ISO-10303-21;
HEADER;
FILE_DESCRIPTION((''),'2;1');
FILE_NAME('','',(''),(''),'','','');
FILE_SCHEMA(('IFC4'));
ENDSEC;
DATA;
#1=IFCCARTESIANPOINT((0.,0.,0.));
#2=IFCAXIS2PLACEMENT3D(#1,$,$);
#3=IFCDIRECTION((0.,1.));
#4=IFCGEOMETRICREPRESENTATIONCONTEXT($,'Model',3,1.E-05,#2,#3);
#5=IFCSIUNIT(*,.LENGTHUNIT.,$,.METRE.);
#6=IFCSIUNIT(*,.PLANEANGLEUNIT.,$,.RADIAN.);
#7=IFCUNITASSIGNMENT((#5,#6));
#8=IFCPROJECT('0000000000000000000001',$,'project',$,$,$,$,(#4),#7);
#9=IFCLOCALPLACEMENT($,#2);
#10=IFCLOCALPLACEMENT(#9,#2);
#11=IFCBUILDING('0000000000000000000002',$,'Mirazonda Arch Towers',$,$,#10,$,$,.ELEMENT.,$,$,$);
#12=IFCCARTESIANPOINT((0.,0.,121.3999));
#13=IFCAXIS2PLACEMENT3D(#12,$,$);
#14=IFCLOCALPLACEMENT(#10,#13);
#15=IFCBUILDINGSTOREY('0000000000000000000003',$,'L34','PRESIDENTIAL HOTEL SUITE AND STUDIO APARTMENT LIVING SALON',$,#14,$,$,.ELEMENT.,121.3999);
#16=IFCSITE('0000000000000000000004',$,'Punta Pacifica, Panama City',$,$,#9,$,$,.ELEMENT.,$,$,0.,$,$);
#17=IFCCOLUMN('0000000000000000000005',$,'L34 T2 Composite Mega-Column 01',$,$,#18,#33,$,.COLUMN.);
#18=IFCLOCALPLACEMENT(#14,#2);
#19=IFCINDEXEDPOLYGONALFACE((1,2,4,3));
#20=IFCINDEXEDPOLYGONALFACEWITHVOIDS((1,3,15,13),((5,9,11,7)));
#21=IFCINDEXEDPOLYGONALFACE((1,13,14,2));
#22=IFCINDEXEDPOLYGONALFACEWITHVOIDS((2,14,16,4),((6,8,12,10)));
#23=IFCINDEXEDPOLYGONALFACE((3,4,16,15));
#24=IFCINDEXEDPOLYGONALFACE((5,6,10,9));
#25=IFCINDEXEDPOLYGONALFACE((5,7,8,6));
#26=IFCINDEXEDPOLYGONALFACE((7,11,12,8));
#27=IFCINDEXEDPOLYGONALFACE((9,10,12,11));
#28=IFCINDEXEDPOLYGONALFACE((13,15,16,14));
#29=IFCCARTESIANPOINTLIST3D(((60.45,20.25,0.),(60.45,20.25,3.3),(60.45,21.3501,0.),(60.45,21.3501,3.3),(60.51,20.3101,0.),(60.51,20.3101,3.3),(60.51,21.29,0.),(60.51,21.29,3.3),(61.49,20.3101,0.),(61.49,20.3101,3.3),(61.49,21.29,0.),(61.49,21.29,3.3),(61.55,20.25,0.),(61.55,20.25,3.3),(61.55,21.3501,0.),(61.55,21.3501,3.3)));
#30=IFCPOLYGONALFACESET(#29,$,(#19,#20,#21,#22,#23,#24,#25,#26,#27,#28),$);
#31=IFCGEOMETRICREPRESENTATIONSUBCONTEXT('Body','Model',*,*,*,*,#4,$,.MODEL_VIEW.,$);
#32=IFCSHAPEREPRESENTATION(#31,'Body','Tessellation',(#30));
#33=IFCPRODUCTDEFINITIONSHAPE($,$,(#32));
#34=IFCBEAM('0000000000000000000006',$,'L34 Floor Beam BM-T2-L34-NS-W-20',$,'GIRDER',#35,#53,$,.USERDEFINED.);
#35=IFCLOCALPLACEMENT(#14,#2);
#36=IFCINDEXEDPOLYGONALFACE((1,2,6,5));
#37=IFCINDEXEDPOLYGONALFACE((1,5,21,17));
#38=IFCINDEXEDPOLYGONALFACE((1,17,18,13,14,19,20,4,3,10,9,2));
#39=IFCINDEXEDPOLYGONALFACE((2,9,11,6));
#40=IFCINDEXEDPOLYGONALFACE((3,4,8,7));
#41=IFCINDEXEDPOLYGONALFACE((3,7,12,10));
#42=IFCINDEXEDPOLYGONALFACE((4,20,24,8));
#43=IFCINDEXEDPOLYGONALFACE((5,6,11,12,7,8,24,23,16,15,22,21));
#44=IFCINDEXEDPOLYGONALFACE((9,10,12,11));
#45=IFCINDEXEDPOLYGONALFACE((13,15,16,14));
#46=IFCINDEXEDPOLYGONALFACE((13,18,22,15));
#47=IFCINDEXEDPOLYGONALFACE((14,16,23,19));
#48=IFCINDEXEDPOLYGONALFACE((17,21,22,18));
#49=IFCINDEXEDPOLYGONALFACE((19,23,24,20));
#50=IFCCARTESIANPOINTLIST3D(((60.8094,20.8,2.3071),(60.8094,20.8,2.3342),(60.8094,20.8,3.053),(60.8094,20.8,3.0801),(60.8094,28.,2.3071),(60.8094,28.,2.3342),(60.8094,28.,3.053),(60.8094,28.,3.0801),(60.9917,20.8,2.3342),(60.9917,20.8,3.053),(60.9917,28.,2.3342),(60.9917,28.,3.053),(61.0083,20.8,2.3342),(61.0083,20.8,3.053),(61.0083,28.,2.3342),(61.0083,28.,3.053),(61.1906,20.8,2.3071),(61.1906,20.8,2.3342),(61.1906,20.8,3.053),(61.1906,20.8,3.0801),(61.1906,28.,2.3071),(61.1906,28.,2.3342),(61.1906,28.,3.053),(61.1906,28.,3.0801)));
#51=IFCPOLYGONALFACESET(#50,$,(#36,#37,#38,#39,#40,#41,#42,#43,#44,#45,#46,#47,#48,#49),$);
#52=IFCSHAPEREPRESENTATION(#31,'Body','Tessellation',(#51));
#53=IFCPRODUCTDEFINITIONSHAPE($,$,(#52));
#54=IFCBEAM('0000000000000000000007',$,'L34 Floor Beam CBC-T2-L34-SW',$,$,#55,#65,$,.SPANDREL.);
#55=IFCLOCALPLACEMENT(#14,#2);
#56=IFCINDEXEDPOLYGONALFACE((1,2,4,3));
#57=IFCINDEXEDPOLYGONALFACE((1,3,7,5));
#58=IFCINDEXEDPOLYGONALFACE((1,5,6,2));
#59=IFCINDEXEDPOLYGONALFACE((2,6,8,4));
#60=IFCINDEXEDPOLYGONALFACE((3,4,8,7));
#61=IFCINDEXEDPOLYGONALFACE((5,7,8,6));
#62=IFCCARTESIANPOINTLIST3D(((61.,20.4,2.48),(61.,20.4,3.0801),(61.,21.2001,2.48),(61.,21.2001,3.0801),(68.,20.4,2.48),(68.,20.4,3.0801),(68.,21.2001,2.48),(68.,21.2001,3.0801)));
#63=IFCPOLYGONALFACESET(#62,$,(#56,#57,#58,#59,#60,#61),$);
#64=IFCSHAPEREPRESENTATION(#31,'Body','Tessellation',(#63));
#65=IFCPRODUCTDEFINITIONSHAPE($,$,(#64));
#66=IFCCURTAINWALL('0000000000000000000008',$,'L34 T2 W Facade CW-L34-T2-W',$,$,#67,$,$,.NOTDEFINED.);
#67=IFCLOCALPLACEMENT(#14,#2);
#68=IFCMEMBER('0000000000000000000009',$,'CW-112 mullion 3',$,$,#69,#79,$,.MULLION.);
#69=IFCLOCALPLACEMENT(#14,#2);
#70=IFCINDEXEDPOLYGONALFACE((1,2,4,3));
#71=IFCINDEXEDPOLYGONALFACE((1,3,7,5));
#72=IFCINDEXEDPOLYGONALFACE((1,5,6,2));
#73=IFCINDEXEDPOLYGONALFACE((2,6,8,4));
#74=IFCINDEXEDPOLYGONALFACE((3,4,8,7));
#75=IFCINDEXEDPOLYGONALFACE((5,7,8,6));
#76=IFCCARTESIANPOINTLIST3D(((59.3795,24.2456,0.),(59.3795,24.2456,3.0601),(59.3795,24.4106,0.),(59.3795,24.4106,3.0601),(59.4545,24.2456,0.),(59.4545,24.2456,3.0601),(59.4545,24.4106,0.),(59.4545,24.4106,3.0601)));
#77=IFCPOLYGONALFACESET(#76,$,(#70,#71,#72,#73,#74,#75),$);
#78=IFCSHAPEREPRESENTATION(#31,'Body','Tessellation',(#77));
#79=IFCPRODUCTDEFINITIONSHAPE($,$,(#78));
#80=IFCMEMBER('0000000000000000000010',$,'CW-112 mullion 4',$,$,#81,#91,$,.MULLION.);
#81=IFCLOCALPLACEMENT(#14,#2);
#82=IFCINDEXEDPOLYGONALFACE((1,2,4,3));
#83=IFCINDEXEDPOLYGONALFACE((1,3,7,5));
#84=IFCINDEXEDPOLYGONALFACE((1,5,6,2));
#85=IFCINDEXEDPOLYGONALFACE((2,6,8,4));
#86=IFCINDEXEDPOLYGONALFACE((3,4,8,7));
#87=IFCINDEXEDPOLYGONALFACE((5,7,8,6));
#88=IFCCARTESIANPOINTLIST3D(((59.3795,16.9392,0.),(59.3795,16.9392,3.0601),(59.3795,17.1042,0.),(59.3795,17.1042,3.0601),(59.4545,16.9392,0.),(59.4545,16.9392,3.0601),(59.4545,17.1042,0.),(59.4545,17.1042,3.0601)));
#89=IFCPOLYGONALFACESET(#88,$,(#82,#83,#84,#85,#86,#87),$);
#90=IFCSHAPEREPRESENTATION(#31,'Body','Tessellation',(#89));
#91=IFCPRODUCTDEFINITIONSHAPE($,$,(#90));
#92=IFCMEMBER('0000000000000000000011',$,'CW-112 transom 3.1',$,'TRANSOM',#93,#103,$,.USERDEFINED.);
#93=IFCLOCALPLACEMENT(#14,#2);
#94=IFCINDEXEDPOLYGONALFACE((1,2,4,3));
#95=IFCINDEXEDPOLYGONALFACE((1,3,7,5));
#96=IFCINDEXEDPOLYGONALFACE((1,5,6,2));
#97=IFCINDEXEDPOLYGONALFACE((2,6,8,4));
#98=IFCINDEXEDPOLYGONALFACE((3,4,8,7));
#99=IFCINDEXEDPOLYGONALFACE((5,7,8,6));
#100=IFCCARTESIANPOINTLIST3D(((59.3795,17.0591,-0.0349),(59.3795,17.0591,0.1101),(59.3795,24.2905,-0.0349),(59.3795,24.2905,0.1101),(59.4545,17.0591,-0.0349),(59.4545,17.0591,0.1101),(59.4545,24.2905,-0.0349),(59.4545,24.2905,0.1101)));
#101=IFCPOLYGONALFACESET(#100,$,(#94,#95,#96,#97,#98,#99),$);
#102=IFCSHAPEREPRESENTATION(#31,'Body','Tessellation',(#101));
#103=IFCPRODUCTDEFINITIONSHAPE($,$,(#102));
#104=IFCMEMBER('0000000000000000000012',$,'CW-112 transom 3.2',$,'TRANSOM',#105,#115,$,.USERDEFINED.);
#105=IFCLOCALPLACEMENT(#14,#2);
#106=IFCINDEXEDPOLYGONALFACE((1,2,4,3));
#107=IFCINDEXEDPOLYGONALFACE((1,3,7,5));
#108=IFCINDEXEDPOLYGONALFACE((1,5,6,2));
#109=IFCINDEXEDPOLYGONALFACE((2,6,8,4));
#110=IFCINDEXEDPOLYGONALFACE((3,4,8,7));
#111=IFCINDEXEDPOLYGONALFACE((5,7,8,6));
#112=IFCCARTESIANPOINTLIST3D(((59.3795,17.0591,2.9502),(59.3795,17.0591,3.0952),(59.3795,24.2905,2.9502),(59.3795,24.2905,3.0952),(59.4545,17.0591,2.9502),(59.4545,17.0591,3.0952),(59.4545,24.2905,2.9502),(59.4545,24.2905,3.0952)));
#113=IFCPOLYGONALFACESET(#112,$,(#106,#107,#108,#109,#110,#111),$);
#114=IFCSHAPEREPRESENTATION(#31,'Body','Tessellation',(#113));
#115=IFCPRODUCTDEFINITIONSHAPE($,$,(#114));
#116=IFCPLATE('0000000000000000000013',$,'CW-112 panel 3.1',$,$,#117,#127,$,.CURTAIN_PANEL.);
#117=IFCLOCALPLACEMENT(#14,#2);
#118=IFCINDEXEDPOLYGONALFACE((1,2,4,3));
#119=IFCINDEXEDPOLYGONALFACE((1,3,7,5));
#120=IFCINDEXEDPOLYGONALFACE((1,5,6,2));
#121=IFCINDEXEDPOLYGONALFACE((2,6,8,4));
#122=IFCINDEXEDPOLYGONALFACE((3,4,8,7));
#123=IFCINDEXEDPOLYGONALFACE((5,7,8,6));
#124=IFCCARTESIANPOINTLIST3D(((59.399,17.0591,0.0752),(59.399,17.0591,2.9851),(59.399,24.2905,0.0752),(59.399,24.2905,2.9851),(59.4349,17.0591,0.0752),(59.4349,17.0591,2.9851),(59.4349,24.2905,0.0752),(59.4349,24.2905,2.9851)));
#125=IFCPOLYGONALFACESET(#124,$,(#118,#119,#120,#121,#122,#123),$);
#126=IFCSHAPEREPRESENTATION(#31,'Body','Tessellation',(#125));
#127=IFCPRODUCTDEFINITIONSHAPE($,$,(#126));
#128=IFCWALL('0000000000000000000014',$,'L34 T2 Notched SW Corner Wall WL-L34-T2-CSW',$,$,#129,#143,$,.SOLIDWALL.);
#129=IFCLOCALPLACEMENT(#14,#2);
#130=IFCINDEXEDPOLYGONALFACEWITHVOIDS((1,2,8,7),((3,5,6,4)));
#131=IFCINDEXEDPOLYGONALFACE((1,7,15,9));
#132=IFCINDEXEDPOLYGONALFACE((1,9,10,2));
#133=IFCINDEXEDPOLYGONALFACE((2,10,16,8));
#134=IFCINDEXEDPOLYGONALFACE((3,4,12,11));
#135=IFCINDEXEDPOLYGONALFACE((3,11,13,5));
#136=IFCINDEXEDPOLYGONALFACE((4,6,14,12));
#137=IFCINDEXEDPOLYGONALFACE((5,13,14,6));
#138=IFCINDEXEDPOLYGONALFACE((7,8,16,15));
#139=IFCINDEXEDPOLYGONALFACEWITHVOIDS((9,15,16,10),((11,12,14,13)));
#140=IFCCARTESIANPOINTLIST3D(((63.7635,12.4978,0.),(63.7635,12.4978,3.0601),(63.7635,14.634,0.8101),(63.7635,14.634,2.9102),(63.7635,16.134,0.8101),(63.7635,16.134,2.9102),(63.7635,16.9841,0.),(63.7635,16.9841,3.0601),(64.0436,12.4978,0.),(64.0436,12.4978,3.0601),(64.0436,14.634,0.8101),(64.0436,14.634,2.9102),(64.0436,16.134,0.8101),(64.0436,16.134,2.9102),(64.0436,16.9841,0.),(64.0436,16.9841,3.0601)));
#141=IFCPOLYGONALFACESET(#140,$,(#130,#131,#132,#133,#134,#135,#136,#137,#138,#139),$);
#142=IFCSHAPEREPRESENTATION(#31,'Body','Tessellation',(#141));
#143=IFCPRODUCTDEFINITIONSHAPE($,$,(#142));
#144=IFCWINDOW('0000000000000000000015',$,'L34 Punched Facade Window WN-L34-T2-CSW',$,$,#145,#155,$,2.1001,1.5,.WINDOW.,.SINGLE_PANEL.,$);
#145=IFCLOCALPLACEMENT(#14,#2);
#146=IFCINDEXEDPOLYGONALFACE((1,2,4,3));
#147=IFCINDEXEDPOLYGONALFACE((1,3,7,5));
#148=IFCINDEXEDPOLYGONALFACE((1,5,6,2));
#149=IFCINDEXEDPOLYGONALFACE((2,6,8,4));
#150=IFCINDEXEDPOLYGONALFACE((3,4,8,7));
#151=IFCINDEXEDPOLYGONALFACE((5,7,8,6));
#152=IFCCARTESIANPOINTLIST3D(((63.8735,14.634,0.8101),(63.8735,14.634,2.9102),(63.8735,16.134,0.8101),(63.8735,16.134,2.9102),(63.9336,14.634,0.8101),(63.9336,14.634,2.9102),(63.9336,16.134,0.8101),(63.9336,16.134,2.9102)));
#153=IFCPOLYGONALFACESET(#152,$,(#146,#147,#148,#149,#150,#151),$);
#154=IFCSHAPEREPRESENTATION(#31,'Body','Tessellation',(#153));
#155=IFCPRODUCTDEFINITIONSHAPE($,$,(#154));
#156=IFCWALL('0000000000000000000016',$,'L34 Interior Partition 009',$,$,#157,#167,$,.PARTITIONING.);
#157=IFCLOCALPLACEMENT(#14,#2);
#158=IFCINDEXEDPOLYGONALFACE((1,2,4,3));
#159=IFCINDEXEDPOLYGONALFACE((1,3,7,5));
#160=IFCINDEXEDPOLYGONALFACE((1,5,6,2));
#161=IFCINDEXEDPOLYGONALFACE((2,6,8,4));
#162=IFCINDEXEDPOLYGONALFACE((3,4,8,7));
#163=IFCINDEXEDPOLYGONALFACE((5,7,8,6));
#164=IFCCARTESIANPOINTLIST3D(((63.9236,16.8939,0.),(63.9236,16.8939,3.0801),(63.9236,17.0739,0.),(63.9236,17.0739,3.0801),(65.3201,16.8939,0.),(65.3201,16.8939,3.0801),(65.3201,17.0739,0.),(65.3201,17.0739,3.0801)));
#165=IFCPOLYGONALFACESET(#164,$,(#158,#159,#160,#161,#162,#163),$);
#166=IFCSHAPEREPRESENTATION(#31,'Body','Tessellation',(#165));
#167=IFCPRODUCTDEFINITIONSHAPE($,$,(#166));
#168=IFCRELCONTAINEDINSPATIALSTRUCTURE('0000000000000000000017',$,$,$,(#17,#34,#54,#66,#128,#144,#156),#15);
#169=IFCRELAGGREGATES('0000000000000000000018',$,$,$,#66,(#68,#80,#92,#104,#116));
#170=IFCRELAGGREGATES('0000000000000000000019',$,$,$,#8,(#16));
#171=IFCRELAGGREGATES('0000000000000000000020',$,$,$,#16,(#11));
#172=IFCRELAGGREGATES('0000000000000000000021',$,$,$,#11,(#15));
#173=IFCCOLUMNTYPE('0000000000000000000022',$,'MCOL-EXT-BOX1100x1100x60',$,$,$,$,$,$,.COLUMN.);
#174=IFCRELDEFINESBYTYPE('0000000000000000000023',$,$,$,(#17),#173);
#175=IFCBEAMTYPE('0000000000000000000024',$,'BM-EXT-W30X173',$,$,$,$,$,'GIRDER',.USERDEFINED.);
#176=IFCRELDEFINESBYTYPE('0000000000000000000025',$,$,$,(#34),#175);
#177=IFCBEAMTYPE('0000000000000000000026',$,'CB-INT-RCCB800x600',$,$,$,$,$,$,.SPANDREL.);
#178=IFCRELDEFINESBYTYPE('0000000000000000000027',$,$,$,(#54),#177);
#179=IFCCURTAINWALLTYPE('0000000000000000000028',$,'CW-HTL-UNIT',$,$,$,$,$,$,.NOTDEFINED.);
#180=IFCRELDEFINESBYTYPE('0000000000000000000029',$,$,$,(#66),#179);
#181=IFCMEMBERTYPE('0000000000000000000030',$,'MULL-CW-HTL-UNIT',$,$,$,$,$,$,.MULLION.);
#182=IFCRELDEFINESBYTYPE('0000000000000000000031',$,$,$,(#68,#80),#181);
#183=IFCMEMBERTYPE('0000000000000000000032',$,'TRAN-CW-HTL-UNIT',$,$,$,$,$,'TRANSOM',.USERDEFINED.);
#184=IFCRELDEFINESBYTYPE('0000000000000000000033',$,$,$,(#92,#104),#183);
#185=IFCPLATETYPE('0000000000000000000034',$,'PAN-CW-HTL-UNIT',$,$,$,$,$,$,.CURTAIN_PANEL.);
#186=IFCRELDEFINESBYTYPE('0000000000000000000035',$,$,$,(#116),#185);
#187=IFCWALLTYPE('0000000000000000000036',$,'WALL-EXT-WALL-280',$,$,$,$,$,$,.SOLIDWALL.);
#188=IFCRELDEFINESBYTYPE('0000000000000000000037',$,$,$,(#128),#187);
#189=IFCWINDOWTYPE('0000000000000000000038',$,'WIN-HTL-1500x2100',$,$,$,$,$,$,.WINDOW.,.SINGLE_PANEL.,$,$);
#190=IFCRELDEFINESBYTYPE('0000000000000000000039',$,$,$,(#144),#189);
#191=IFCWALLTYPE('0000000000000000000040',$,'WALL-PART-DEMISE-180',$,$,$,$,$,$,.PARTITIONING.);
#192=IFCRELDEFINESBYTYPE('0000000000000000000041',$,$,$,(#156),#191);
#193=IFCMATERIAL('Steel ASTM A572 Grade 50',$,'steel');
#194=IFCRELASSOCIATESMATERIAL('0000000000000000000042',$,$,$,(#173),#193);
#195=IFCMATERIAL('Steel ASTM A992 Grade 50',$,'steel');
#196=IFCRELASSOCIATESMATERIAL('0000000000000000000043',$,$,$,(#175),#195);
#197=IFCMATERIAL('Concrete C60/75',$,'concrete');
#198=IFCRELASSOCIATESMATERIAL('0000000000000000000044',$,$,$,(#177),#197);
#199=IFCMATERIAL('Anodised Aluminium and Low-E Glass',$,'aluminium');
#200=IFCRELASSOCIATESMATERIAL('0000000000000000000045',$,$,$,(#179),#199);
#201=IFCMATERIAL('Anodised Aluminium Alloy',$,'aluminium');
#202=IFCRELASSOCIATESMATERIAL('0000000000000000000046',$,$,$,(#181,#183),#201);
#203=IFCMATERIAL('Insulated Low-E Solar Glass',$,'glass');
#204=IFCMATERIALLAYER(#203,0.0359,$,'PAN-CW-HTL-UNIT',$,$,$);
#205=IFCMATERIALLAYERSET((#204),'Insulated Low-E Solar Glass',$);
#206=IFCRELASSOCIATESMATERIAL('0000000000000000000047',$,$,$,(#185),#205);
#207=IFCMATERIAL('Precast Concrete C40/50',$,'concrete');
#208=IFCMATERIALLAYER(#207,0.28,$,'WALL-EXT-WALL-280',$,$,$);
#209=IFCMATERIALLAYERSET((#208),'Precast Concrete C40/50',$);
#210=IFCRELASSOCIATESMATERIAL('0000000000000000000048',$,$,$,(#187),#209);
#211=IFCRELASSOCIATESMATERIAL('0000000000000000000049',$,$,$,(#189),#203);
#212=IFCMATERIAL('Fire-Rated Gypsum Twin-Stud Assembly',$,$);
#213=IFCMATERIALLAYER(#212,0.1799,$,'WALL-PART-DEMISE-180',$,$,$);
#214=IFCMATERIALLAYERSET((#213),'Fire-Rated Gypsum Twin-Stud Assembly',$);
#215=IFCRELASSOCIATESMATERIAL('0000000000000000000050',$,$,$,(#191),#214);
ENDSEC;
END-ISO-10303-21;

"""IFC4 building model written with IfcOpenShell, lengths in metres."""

from ifc_helpers import new_model, si_unit, direction, frame, frame_2d, origin, origin_2d, place, context, subcontext, project, spatial, rectangle, hollow_rectangle, i_section, extrude, material, layer, layer_set, material_profile, profile_set, type_object, element, fill, aggregate, save


model = new_model("IFC4")

# Units and contexts
model_context = context("Model", 3, precision=1e-05, world=origin(), true_north=direction((0.0, 1.0)))
body_context = subcontext(model_context, "Body", "Model", "MODEL_VIEW")
ifc_project = project(units=[si_unit("LENGTHUNIT", "METRE"), si_unit("PLANEANGLEUNIT", "RADIAN")], contexts=[model_context])

# Site, building, storey
site_placement = place(None, origin())
site = spatial("IfcSite", under=ifc_project, at=site_placement, Name="Punta Pacifica, Panama City", CompositionType="ELEMENT", RefElevation=0.0)
building_placement = place(site_placement, origin())
building = spatial("IfcBuilding", under=site, at=building_placement, Name="Mirazonda Arch Towers", CompositionType="ELEMENT")
storey_placement = place(building_placement, frame((0.0, 0.0, 121.3999)))
storey = spatial("IfcBuildingStorey", under=building, at=storey_placement, Name="L34", Description="PRESIDENTIAL HOTEL SUITE AND STUDIO APARTMENT LIVING SALON", CompositionType="ELEMENT", Elevation=121.3999)

# Column
ifc_material_1 = material(Name="Steel ASTM A572 Grade 50", Category="steel")
ifc_material_profile_1 = material_profile(ifc_material_1, hollow_rectangle(XDim=1.1001, YDim=1.1001, WallThickness=0.0601, at=origin_2d()), Name="BOX1100x1100x60")
ifc_profile_set_1 = profile_set([ifc_material_profile_1], Name="Steel ASTM A572 Grade 50")
column_type = type_object("IfcColumnType", Name="MCOL-EXT-BOX1100x1100x60", PredefinedType="COLUMN", material=ifc_profile_set_1)
column_placement = place(storey_placement, frame((61.0, 20.8, 0.0), z_axis=(0.0, 0.0, 1.0), x_axis=(1.0, 0.0, 0.0)))
element("IfcColumn", 1, at=column_placement, inside=storey, type_object=column_type, Name="L34 T2 Composite Mega-Column 01", PredefinedType="COLUMN", context=body_context, shape_type="SweptSolid", body=[
    extrude(hollow_rectangle(XDim=1.1001, YDim=1.1001, WallThickness=0.0601, at=origin_2d()), origin(), (0.0, 0.0, 1.0), 3.3),
])

# Beams
ifc_material_2 = material(Name="Steel ASTM A992 Grade 50", Category="steel")
ifc_material_profile_2 = material_profile(ifc_material_2, i_section(OverallWidth=0.3811, OverallDepth=0.7729, WebThickness=0.0166, FlangeThickness=0.0271, at=origin_2d()), Name="W30X173")
ifc_profile_set_2 = profile_set([ifc_material_profile_2], Name="Steel ASTM A992 Grade 50")
beam_type_1 = type_object("IfcBeamType", Name="BM-EXT-W30X173", ElementType="GIRDER", PredefinedType="USERDEFINED", material=ifc_profile_set_2)
beam_1_placement = place(storey_placement, frame((61.0, 20.8, 2.6936), z_axis=(0.0, 1.0, 0.0), x_axis=(-1.0, 0.0, 0.0)))
element("IfcBeam", 2, at=beam_1_placement, inside=storey, type_object=beam_type_1, Name="L34 Floor Beam BM-T2-L34-NS-W-20", ObjectType="GIRDER", PredefinedType="USERDEFINED", context=body_context, shape_type="SweptSolid", body=[
    extrude(i_section(OverallWidth=0.3811, OverallDepth=0.7729, WebThickness=0.0166, FlangeThickness=0.0271, at=origin_2d()), origin(), (0.0, 0.0, 1.0), 7.2),
])
ifc_material_3 = material(Name="Concrete C60/75", Category="concrete")
ifc_material_profile_3 = material_profile(ifc_material_3, rectangle(XDim=0.8, YDim=0.6001, at=origin_2d()), Name="RCCB800x600")
ifc_profile_set_3 = profile_set([ifc_material_profile_3], Name="Concrete C60/75")
beam_type_2 = type_object("IfcBeamType", Name="CB-INT-RCCB800x600", PredefinedType="SPANDREL", material=ifc_profile_set_3)
beam_2_placement = place(storey_placement, frame((61.0, 20.8, 2.78), z_axis=(1.0, 0.0, 0.0), x_axis=(0.0, 1.0, 0.0)))
element("IfcBeam", 3, at=beam_2_placement, inside=storey, type_object=beam_type_2, Name="L34 Floor Beam CBC-T2-L34-SW", PredefinedType="SPANDREL", context=body_context, shape_type="SweptSolid", body=[
    extrude(rectangle(XDim=0.8, YDim=0.6001, at=origin_2d()), origin(), (0.0, 0.0, 1.0), 7.0),
])

# Curtain wall, members, plate
ifc_material_4 = material(Name="Anodised Aluminium and Low-E Glass", Category="aluminium")
curtain_wall_type = type_object("IfcCurtainWallType", Name="CW-HTL-UNIT", PredefinedType="NOTDEFINED", material=ifc_material_4)
curtain_wall_placement = place(storey_placement, origin())
curtain_wall = element("IfcCurtainWall", 4, at=curtain_wall_placement, inside=storey, type_object=curtain_wall_type, Name="L34 T2 W Facade CW-L34-T2-W", PredefinedType="NOTDEFINED")
ifc_material_5 = material(Name="Anodised Aluminium Alloy", Category="aluminium")
ifc_material_profile_4 = material_profile(ifc_material_5, rectangle(XDim=0.075, YDim=0.165, at=origin_2d()), Name="ALU-MULL-75x165")
ifc_profile_set_4 = profile_set([ifc_material_profile_4], Name="Anodised Aluminium Alloy")
member_type_1 = type_object("IfcMemberType", Name="MULL-CW-HTL-UNIT", PredefinedType="MULLION", material=ifc_profile_set_4)
member_1_placement = place(storey_placement, frame((59.417, 24.3281, 0.0), z_axis=(0.0, 0.0, 1.0), x_axis=(1.0, 0.0, 0.0)))
member_1 = element("IfcMember", 5, at=member_1_placement, type_object=member_type_1, Name="CW-112 mullion 3", PredefinedType="MULLION", context=body_context, shape_type="SweptSolid", body=[
    extrude(rectangle(XDim=0.075, YDim=0.165, at=origin_2d()), origin(), (0.0, 0.0, 1.0), 3.0601),
])
member_2_placement = place(storey_placement, frame((59.417, 17.0217, 0.0), z_axis=(0.0, 0.0, 1.0), x_axis=(1.0, 0.0, 0.0)))
member_2 = element("IfcMember", 6, at=member_2_placement, type_object=member_type_1, Name="CW-112 mullion 4", PredefinedType="MULLION", context=body_context, shape_type="SweptSolid", body=[
    extrude(rectangle(XDim=0.075, YDim=0.165, at=origin_2d()), origin(), (0.0, 0.0, 1.0), 3.0601),
])
ifc_material_profile_5 = material_profile(ifc_material_5, rectangle(XDim=0.075, YDim=0.145, at=origin_2d()), Name="ALU-TRAN-75x145")
ifc_profile_set_5 = profile_set([ifc_material_profile_5], Name="Anodised Aluminium Alloy")
member_type_2 = type_object("IfcMemberType", Name="TRAN-CW-HTL-UNIT", ElementType="TRANSOM", PredefinedType="USERDEFINED", material=ifc_profile_set_5)
member_3_placement = place(storey_placement, frame((59.417, 24.2905, 0.0376), z_axis=(0.0, -1.0, 0.0), x_axis=(1.0, 0.0, 0.0)))
member_3 = element("IfcMember", 7, at=member_3_placement, type_object=member_type_2, Name="CW-112 transom 3.1", ObjectType="TRANSOM", PredefinedType="USERDEFINED", context=body_context, shape_type="SweptSolid", body=[
    extrude(rectangle(XDim=0.075, YDim=0.145, at=origin_2d()), origin(), (0.0, 0.0, 1.0), 7.2314),
])
member_4_placement = place(storey_placement, frame((59.417, 24.2905, 3.0227), z_axis=(0.0, -1.0, 0.0), x_axis=(1.0, 0.0, 0.0)))
member_4 = element("IfcMember", 8, at=member_4_placement, type_object=member_type_2, Name="CW-112 transom 3.2", ObjectType="TRANSOM", PredefinedType="USERDEFINED", context=body_context, shape_type="SweptSolid", body=[
    extrude(rectangle(XDim=0.075, YDim=0.145, at=origin_2d()), origin(), (0.0, 0.0, 1.0), 7.2314),
])
ifc_material_6 = material(Name="Insulated Low-E Solar Glass", Category="glass")
ifc_layer_1 = layer(ifc_material_6, 0.0359, Name="PAN-CW-HTL-UNIT")
ifc_layer_set_1 = layer_set([ifc_layer_1], Name="Insulated Low-E Solar Glass")
plate_type = type_object("IfcPlateType", Name="PAN-CW-HTL-UNIT", PredefinedType="CURTAIN_PANEL", material=ifc_layer_set_1)
plate_placement = place(storey_placement, frame((59.417, 20.6748, 0.0752), z_axis=(0.0, 0.0, 1.0), x_axis=(0.0, -1.0, 0.0)))
plate = element("IfcPlate", 9, at=plate_placement, type_object=plate_type, Name="CW-112 panel 3.1", PredefinedType="CURTAIN_PANEL", context=body_context, shape_type="SweptSolid", body=[
    extrude(rectangle(XDim=7.2314, YDim=0.0359, at=origin_2d()), origin(), (0.0, 0.0, 1.0), 2.9099),
])
aggregate(curtain_wall, [member_1, member_2, member_3, member_4, plate])

# Wall, opening, window
ifc_material_7 = material(Name="Precast Concrete C40/50", Category="concrete")
ifc_layer_2 = layer(ifc_material_7, 0.28, Name="WALL-EXT-WALL-280")
ifc_layer_set_2 = layer_set([ifc_layer_2], Name="Precast Concrete C40/50")
wall_type_1 = type_object("IfcWallType", Name="WALL-EXT-WALL-280", PredefinedType="SOLIDWALL", material=ifc_layer_set_2)
wall_1_placement = place(storey_placement, frame((63.9036, 16.9841, 0.0), z_axis=(0.0, 0.0, 1.0), x_axis=(0.0, -1.0, 0.0)))
wall_1 = element("IfcWall", 10, at=wall_1_placement, inside=storey, type_object=wall_type_1, Name="L34 T2 Notched SW Corner Wall WL-L34-T2-CSW", PredefinedType="SOLIDWALL", context=body_context, shape_type="SweptSolid", body=[
    extrude(rectangle(XDim=4.4863, YDim=0.28, at=frame_2d((2.2432, 0.0))), origin(), (0.0, 0.0, 1.0), 3.0601),
])
opening_1_placement = place(wall_1_placement, frame((0.8501, 0.0, 0.8101)))
opening_1 = element("IfcOpeningElement", 11, at=opening_1_placement, cuts=wall_1, PredefinedType="OPENING", context=body_context, shape_type="SweptSolid", body=[
    extrude(rectangle(XDim=1.5, YDim=2.1001, at=frame_2d((0.75, 1.05))), frame((0.0, 0.1499, 0.0), z_axis=(0.0, -1.0, 0.0), x_axis=(1.0, 0.0, 0.0)), (0.0, 0.0, 1.0), 0.3),
])
window_type = type_object("IfcWindowType", Name="WIN-HTL-1500x2100", PartitioningType="SINGLE_PANEL", PredefinedType="WINDOW", material=ifc_material_6)
window_placement = place(opening_1_placement, origin())
window = element("IfcWindow", 12, at=window_placement, inside=storey, type_object=window_type, Name="L34 Punched Facade Window WN-L34-T2-CSW", OverallHeight=2.1001, OverallWidth=1.5, PartitioningType="SINGLE_PANEL", PredefinedType="WINDOW", context=body_context, shape_type="SweptSolid", body=[
    extrude(rectangle(XDim=1.5, YDim=2.1001, at=frame_2d((0.75, 1.05))), frame((0.0, 0.03, 0.0), z_axis=(0.0, -1.0, 0.0), x_axis=(1.0, 0.0, 0.0)), (0.0, 0.0, 1.0), 0.0601),
])
fill(opening_1, window)

# Wall
ifc_material_8 = material(Name="Fire-Rated Gypsum Twin-Stud Assembly")
ifc_layer_3 = layer(ifc_material_8, 0.1799, Name="WALL-PART-DEMISE-180")
ifc_layer_set_3 = layer_set([ifc_layer_3], Name="Fire-Rated Gypsum Twin-Stud Assembly")
wall_type_2 = type_object("IfcWallType", Name="WALL-PART-DEMISE-180", PredefinedType="PARTITIONING", material=ifc_layer_set_3)
wall_2_placement = place(storey_placement, frame((63.9236, 16.9839, 0.0), z_axis=(0.0, 0.0, 1.0), x_axis=(1.0, 0.0, 0.0)))
element("IfcWall", 13, at=wall_2_placement, inside=storey, type_object=wall_type_2, Name="L34 Interior Partition 009", PredefinedType="PARTITIONING", context=body_context, shape_type="SweptSolid", body=[
    extrude(rectangle(XDim=1.3965, YDim=0.1799, at=frame_2d((0.6982, 0.0))), origin(), (0.0, 0.0, 1.0), 3.0801),
])

save(model, "model.ifc")
